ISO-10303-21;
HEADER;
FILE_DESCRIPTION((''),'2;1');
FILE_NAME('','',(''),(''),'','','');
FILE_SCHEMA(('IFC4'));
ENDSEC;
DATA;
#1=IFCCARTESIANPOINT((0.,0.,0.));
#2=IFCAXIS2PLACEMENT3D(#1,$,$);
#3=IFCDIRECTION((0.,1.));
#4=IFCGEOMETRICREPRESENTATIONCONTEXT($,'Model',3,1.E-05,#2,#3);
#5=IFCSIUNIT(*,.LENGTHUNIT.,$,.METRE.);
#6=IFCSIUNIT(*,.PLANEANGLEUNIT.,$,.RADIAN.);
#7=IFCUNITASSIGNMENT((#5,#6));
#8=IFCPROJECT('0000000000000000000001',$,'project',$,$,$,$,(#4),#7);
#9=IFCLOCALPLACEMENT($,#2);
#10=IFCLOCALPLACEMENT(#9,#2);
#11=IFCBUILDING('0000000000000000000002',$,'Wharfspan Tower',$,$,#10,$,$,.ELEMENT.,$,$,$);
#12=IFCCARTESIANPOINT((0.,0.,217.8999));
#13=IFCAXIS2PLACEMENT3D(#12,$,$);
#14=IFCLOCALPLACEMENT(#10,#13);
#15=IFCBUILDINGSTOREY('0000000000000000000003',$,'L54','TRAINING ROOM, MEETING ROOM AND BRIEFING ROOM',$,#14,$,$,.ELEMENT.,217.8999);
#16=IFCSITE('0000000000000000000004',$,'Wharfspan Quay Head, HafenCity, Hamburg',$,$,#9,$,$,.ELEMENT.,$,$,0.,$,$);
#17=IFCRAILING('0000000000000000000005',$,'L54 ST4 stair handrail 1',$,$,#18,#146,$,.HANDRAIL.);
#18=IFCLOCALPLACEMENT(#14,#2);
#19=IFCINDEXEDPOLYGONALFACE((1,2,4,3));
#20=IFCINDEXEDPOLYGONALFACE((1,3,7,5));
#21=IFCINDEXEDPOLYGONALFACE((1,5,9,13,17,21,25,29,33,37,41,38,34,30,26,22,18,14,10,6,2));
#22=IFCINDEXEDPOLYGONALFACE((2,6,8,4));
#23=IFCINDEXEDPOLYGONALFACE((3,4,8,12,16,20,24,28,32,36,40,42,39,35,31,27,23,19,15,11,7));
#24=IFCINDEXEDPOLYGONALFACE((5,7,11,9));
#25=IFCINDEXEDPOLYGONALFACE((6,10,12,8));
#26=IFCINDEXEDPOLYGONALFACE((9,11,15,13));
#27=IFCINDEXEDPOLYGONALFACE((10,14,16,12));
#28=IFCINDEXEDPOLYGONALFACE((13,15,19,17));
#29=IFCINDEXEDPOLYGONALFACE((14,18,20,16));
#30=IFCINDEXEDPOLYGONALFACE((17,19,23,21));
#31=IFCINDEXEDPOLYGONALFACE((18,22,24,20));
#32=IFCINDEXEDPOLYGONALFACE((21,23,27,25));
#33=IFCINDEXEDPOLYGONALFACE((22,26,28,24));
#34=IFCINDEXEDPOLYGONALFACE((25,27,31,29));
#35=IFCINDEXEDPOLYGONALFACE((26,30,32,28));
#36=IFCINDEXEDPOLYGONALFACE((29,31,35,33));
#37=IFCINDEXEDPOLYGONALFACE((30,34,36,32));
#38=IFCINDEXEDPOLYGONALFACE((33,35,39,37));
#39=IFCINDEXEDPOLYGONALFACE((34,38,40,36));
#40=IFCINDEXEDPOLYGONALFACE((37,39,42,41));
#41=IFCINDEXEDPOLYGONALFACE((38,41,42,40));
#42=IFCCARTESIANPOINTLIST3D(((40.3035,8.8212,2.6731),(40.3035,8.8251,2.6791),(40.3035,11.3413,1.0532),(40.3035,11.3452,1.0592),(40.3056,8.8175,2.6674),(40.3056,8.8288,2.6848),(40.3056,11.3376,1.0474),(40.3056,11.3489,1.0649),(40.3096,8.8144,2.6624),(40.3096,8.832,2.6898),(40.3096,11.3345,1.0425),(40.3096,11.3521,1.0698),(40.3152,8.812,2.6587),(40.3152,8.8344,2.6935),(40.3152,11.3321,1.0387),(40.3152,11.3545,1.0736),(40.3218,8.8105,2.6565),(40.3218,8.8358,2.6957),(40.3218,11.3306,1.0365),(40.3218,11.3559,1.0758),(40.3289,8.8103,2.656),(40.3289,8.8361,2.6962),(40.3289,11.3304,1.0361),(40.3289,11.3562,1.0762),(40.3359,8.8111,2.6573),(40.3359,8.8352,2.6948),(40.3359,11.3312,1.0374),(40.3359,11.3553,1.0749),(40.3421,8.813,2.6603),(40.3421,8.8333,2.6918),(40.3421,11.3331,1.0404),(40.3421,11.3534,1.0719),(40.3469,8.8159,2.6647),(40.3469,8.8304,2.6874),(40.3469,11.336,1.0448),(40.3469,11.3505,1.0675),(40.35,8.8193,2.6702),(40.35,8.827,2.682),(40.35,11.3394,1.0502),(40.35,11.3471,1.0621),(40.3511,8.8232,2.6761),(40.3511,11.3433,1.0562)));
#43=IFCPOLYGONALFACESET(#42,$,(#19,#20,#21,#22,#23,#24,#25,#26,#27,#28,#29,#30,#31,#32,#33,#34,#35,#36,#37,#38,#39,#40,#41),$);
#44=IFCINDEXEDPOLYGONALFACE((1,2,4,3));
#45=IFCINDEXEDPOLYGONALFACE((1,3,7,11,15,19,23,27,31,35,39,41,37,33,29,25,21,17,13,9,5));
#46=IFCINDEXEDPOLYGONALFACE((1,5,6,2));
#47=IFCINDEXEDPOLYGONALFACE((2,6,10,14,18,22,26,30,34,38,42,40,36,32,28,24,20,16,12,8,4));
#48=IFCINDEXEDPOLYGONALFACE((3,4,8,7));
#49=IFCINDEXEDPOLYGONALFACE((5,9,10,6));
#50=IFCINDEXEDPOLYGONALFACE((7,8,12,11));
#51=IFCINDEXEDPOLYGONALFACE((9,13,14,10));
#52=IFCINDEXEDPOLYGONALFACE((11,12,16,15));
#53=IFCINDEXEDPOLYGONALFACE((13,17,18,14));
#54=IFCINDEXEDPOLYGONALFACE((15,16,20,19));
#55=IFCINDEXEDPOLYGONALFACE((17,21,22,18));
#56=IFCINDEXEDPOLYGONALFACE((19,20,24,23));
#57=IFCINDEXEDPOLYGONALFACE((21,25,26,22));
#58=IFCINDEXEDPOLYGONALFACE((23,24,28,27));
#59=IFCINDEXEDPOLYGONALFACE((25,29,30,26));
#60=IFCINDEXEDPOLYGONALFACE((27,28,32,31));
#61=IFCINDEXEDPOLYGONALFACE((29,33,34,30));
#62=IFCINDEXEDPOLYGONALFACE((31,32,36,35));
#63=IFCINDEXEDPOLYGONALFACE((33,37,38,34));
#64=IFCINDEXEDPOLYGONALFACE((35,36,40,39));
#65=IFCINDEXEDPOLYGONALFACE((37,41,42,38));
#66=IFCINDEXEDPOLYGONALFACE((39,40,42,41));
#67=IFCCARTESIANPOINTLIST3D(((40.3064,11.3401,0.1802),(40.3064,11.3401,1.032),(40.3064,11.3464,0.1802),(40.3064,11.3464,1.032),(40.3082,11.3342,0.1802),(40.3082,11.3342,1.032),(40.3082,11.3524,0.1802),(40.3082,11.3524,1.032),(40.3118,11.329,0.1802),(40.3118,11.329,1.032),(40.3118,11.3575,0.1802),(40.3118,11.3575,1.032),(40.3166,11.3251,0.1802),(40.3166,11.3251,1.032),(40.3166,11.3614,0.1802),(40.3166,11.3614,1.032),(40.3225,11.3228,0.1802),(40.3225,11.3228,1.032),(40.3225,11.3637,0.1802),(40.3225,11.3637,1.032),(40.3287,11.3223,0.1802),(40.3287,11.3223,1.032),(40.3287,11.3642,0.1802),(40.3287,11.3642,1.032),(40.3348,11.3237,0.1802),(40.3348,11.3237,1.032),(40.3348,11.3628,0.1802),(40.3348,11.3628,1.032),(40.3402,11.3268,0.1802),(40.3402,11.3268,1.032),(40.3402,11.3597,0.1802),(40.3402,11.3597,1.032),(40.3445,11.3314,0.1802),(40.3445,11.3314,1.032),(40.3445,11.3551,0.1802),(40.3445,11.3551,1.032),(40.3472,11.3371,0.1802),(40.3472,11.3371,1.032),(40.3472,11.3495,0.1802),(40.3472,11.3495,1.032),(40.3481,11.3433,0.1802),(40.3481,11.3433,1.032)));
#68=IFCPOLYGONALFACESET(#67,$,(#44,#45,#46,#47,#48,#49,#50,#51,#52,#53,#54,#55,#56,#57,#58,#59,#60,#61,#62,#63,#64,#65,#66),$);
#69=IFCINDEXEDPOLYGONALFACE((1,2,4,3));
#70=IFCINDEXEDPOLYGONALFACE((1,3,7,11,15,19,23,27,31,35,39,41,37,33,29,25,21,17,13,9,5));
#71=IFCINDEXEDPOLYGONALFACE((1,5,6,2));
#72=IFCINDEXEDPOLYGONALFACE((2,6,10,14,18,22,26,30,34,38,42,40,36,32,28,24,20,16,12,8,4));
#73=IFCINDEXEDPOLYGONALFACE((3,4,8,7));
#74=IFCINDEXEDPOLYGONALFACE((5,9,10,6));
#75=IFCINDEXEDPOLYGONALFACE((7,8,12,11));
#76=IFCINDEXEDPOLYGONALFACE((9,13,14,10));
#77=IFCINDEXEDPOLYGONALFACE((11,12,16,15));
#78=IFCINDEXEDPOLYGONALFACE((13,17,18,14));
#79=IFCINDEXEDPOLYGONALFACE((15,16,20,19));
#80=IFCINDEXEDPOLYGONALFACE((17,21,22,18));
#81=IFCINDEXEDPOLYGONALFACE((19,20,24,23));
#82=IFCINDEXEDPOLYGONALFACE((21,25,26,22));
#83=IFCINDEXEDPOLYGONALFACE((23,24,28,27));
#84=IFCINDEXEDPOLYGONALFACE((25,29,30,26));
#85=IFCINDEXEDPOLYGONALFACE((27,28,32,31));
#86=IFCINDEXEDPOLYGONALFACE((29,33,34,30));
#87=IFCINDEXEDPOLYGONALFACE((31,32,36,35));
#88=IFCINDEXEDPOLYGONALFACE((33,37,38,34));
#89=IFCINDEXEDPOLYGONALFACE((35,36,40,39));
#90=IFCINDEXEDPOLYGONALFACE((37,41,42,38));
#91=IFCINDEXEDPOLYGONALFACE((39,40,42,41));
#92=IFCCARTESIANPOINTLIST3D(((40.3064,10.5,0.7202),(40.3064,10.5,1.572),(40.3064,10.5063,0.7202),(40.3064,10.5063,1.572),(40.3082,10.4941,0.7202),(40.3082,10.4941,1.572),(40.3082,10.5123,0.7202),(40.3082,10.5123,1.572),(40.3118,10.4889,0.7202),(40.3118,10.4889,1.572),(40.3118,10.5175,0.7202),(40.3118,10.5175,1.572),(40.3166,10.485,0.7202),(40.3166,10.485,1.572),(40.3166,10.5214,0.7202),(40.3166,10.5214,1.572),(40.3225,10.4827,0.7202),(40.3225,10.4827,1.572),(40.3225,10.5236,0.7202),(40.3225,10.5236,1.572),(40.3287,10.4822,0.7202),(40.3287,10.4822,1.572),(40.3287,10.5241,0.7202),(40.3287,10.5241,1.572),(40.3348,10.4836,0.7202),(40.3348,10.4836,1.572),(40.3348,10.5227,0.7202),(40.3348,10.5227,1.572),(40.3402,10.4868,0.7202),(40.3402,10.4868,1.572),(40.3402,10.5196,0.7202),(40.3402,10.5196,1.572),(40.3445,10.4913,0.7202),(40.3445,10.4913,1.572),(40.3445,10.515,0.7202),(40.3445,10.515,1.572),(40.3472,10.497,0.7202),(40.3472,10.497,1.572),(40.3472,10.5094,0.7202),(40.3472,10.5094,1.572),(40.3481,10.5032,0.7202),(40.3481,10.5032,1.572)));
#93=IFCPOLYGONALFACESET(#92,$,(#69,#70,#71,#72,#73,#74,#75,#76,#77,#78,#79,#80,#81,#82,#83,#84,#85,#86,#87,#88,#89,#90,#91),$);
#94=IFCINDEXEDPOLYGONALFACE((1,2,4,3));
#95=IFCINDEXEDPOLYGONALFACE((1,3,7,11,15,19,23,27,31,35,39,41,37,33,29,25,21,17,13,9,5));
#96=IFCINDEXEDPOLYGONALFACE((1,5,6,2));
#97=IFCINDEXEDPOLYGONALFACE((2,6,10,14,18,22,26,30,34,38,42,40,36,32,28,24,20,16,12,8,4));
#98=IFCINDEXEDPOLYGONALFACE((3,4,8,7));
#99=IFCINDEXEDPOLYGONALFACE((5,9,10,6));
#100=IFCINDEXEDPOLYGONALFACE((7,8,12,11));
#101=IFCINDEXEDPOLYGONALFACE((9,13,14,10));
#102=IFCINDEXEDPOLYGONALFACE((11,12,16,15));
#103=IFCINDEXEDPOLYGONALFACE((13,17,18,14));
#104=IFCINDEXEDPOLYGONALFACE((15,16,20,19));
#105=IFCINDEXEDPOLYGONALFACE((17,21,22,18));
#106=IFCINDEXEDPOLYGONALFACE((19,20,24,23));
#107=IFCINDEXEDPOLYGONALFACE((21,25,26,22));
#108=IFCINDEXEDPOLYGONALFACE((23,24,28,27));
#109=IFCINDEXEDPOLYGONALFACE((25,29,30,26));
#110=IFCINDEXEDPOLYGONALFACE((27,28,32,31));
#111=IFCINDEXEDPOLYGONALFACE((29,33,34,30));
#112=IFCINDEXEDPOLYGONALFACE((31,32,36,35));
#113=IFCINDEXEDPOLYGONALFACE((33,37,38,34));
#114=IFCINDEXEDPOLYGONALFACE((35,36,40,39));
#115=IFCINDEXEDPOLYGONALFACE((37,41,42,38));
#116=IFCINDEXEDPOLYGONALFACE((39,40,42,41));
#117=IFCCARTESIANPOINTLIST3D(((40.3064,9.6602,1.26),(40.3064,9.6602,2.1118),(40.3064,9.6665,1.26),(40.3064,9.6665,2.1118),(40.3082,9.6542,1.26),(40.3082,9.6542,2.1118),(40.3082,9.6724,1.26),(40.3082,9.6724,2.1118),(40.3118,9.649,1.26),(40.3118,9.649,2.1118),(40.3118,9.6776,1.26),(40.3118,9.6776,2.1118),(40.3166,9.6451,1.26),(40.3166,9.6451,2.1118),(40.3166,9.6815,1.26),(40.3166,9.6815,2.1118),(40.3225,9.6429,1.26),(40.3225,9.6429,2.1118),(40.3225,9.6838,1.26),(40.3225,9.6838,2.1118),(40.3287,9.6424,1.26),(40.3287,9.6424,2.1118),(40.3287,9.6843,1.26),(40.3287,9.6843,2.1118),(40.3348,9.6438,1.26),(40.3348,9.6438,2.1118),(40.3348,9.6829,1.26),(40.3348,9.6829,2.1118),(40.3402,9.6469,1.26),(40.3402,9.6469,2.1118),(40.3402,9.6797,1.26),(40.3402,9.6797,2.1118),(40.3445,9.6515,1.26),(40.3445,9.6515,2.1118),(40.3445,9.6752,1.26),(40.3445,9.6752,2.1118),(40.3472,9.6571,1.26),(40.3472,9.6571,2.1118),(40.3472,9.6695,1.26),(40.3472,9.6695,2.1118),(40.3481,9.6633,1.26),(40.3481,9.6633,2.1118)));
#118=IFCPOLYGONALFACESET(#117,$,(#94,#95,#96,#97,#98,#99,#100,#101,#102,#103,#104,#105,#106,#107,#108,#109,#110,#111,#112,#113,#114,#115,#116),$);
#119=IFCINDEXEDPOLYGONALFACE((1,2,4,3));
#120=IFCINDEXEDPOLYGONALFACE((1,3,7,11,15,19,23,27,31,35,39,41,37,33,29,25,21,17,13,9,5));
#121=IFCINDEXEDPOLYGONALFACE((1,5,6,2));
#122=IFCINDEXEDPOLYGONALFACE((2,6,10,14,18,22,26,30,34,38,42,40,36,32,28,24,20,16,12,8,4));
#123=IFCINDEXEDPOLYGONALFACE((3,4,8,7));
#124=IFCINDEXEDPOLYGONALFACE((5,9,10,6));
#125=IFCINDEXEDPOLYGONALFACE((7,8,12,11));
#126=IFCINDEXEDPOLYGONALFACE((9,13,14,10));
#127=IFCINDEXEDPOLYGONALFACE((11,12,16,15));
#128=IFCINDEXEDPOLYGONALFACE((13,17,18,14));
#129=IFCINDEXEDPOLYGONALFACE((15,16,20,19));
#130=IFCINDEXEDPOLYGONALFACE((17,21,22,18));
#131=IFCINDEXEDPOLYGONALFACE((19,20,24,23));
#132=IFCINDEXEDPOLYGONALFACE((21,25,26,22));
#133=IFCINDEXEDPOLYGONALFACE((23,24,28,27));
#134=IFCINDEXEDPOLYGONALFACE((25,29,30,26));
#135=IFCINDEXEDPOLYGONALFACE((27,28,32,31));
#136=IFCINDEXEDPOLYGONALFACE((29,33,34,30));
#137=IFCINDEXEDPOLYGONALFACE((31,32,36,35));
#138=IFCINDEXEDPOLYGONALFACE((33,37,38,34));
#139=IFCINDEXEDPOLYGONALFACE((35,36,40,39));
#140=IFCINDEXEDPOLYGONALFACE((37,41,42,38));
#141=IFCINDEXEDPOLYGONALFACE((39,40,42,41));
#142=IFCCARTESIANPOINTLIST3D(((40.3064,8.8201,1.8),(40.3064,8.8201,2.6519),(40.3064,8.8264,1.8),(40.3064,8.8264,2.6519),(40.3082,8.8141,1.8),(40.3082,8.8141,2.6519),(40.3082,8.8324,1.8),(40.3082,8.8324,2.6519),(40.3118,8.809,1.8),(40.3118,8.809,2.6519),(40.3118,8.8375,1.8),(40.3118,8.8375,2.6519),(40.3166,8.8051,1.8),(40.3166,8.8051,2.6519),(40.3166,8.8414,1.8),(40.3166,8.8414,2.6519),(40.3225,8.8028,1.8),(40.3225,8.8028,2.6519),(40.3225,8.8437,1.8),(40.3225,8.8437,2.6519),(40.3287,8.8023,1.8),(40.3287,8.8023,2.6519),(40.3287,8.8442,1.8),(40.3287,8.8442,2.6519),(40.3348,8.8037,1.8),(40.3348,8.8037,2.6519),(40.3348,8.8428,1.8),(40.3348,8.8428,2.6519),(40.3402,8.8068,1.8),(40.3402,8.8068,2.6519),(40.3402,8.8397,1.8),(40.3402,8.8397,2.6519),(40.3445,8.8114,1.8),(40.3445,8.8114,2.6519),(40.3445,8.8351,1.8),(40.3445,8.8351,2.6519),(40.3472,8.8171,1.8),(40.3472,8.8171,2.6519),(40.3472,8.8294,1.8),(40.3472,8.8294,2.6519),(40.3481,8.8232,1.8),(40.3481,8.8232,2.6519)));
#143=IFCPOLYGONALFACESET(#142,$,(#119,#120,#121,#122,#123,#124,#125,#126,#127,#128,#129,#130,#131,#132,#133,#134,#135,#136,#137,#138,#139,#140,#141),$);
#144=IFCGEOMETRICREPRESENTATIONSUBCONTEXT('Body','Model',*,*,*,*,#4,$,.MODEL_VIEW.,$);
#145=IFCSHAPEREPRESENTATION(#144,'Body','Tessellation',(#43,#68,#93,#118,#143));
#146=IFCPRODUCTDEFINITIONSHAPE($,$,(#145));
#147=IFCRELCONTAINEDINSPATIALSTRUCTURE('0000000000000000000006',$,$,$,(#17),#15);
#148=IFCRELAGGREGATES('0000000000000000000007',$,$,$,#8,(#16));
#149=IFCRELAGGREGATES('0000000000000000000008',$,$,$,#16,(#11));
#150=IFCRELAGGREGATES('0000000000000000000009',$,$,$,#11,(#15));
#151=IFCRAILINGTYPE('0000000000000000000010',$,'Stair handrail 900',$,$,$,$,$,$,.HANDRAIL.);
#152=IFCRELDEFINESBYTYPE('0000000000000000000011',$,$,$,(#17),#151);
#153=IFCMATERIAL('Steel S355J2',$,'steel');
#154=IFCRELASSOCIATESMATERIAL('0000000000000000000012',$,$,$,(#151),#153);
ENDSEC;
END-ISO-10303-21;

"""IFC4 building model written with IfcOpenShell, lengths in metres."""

from ifc_helpers import new_model, si_unit, direction, frame, origin, origin_2d, place, context, subcontext, project, spatial, circle, extrude, material, type_object, element, save


model = new_model("IFC4")

# Units and contexts
model_context = context("Model", 3, precision=1e-05, world=origin(), true_north=direction((0.0, 1.0)))
body_context = subcontext(model_context, "Body", "Model", "MODEL_VIEW")
ifc_project = project(units=[si_unit("LENGTHUNIT", "METRE"), si_unit("PLANEANGLEUNIT", "RADIAN")], contexts=[model_context])

# Site, building, storey
site_placement = place(None, origin())
site = spatial("IfcSite", under=ifc_project, at=site_placement, Name="Wharfspan Quay Head, HafenCity, Hamburg", CompositionType="ELEMENT", RefElevation=0.0)
building_placement = place(site_placement, origin())
building = spatial("IfcBuilding", under=site, at=building_placement, Name="Wharfspan Tower", CompositionType="ELEMENT")
storey_placement = place(building_placement, frame((0.0, 0.0, 217.8999)))
storey = spatial("IfcBuildingStorey", under=building, at=storey_placement, Name="L54", Description="TRAINING ROOM, MEETING ROOM AND BRIEFING ROOM", CompositionType="ELEMENT", Elevation=217.8999)

# Shared definitions
ifc_material_1 = material(Name="Steel S355J2", Category="steel")

# Railing
railing_type_1 = type_object("IfcRailingType", Name="Stair handrail 900", PredefinedType="HANDRAIL", material=ifc_material_1)
railing_1_placement = place(storey_placement, frame((40.3271, 11.3433, 0.1802)))
element("IfcRailing", 1, at=railing_1_placement, inside=storey, type_object=railing_type_1, Name="L54 ST4 stair handrail 1", PredefinedType="HANDRAIL", context=body_context, shape_type="SweptSolid", body=[
    extrude(circle(Radius=0.0239, at=origin_2d()), frame((0.0, 0.0, 0.876), z_axis=(0.0, -0.8412, 0.540725), x_axis=(1.0, 0.0, 0.0)), (0.0, 0.0, 1.0), 2.9958),
    extrude(circle(Radius=0.021, at=origin_2d()), origin(), (0.0, 0.0, 1.0), 0.8518),
    extrude(circle(Radius=0.021, at=origin_2d()), frame((0.0, -0.8401, 0.54)), (0.0, 0.0, 1.0), 0.8518),
    extrude(circle(Radius=0.021, at=origin_2d()), frame((0.0, -1.6799, 1.0798)), (0.0, 0.0, 1.0), 0.8518),
    extrude(circle(Radius=0.021, at=origin_2d()), frame((0.0, -2.52, 1.6199)), (0.0, 0.0, 1.0), 0.8518),
])

save(model, "model.ifc")
